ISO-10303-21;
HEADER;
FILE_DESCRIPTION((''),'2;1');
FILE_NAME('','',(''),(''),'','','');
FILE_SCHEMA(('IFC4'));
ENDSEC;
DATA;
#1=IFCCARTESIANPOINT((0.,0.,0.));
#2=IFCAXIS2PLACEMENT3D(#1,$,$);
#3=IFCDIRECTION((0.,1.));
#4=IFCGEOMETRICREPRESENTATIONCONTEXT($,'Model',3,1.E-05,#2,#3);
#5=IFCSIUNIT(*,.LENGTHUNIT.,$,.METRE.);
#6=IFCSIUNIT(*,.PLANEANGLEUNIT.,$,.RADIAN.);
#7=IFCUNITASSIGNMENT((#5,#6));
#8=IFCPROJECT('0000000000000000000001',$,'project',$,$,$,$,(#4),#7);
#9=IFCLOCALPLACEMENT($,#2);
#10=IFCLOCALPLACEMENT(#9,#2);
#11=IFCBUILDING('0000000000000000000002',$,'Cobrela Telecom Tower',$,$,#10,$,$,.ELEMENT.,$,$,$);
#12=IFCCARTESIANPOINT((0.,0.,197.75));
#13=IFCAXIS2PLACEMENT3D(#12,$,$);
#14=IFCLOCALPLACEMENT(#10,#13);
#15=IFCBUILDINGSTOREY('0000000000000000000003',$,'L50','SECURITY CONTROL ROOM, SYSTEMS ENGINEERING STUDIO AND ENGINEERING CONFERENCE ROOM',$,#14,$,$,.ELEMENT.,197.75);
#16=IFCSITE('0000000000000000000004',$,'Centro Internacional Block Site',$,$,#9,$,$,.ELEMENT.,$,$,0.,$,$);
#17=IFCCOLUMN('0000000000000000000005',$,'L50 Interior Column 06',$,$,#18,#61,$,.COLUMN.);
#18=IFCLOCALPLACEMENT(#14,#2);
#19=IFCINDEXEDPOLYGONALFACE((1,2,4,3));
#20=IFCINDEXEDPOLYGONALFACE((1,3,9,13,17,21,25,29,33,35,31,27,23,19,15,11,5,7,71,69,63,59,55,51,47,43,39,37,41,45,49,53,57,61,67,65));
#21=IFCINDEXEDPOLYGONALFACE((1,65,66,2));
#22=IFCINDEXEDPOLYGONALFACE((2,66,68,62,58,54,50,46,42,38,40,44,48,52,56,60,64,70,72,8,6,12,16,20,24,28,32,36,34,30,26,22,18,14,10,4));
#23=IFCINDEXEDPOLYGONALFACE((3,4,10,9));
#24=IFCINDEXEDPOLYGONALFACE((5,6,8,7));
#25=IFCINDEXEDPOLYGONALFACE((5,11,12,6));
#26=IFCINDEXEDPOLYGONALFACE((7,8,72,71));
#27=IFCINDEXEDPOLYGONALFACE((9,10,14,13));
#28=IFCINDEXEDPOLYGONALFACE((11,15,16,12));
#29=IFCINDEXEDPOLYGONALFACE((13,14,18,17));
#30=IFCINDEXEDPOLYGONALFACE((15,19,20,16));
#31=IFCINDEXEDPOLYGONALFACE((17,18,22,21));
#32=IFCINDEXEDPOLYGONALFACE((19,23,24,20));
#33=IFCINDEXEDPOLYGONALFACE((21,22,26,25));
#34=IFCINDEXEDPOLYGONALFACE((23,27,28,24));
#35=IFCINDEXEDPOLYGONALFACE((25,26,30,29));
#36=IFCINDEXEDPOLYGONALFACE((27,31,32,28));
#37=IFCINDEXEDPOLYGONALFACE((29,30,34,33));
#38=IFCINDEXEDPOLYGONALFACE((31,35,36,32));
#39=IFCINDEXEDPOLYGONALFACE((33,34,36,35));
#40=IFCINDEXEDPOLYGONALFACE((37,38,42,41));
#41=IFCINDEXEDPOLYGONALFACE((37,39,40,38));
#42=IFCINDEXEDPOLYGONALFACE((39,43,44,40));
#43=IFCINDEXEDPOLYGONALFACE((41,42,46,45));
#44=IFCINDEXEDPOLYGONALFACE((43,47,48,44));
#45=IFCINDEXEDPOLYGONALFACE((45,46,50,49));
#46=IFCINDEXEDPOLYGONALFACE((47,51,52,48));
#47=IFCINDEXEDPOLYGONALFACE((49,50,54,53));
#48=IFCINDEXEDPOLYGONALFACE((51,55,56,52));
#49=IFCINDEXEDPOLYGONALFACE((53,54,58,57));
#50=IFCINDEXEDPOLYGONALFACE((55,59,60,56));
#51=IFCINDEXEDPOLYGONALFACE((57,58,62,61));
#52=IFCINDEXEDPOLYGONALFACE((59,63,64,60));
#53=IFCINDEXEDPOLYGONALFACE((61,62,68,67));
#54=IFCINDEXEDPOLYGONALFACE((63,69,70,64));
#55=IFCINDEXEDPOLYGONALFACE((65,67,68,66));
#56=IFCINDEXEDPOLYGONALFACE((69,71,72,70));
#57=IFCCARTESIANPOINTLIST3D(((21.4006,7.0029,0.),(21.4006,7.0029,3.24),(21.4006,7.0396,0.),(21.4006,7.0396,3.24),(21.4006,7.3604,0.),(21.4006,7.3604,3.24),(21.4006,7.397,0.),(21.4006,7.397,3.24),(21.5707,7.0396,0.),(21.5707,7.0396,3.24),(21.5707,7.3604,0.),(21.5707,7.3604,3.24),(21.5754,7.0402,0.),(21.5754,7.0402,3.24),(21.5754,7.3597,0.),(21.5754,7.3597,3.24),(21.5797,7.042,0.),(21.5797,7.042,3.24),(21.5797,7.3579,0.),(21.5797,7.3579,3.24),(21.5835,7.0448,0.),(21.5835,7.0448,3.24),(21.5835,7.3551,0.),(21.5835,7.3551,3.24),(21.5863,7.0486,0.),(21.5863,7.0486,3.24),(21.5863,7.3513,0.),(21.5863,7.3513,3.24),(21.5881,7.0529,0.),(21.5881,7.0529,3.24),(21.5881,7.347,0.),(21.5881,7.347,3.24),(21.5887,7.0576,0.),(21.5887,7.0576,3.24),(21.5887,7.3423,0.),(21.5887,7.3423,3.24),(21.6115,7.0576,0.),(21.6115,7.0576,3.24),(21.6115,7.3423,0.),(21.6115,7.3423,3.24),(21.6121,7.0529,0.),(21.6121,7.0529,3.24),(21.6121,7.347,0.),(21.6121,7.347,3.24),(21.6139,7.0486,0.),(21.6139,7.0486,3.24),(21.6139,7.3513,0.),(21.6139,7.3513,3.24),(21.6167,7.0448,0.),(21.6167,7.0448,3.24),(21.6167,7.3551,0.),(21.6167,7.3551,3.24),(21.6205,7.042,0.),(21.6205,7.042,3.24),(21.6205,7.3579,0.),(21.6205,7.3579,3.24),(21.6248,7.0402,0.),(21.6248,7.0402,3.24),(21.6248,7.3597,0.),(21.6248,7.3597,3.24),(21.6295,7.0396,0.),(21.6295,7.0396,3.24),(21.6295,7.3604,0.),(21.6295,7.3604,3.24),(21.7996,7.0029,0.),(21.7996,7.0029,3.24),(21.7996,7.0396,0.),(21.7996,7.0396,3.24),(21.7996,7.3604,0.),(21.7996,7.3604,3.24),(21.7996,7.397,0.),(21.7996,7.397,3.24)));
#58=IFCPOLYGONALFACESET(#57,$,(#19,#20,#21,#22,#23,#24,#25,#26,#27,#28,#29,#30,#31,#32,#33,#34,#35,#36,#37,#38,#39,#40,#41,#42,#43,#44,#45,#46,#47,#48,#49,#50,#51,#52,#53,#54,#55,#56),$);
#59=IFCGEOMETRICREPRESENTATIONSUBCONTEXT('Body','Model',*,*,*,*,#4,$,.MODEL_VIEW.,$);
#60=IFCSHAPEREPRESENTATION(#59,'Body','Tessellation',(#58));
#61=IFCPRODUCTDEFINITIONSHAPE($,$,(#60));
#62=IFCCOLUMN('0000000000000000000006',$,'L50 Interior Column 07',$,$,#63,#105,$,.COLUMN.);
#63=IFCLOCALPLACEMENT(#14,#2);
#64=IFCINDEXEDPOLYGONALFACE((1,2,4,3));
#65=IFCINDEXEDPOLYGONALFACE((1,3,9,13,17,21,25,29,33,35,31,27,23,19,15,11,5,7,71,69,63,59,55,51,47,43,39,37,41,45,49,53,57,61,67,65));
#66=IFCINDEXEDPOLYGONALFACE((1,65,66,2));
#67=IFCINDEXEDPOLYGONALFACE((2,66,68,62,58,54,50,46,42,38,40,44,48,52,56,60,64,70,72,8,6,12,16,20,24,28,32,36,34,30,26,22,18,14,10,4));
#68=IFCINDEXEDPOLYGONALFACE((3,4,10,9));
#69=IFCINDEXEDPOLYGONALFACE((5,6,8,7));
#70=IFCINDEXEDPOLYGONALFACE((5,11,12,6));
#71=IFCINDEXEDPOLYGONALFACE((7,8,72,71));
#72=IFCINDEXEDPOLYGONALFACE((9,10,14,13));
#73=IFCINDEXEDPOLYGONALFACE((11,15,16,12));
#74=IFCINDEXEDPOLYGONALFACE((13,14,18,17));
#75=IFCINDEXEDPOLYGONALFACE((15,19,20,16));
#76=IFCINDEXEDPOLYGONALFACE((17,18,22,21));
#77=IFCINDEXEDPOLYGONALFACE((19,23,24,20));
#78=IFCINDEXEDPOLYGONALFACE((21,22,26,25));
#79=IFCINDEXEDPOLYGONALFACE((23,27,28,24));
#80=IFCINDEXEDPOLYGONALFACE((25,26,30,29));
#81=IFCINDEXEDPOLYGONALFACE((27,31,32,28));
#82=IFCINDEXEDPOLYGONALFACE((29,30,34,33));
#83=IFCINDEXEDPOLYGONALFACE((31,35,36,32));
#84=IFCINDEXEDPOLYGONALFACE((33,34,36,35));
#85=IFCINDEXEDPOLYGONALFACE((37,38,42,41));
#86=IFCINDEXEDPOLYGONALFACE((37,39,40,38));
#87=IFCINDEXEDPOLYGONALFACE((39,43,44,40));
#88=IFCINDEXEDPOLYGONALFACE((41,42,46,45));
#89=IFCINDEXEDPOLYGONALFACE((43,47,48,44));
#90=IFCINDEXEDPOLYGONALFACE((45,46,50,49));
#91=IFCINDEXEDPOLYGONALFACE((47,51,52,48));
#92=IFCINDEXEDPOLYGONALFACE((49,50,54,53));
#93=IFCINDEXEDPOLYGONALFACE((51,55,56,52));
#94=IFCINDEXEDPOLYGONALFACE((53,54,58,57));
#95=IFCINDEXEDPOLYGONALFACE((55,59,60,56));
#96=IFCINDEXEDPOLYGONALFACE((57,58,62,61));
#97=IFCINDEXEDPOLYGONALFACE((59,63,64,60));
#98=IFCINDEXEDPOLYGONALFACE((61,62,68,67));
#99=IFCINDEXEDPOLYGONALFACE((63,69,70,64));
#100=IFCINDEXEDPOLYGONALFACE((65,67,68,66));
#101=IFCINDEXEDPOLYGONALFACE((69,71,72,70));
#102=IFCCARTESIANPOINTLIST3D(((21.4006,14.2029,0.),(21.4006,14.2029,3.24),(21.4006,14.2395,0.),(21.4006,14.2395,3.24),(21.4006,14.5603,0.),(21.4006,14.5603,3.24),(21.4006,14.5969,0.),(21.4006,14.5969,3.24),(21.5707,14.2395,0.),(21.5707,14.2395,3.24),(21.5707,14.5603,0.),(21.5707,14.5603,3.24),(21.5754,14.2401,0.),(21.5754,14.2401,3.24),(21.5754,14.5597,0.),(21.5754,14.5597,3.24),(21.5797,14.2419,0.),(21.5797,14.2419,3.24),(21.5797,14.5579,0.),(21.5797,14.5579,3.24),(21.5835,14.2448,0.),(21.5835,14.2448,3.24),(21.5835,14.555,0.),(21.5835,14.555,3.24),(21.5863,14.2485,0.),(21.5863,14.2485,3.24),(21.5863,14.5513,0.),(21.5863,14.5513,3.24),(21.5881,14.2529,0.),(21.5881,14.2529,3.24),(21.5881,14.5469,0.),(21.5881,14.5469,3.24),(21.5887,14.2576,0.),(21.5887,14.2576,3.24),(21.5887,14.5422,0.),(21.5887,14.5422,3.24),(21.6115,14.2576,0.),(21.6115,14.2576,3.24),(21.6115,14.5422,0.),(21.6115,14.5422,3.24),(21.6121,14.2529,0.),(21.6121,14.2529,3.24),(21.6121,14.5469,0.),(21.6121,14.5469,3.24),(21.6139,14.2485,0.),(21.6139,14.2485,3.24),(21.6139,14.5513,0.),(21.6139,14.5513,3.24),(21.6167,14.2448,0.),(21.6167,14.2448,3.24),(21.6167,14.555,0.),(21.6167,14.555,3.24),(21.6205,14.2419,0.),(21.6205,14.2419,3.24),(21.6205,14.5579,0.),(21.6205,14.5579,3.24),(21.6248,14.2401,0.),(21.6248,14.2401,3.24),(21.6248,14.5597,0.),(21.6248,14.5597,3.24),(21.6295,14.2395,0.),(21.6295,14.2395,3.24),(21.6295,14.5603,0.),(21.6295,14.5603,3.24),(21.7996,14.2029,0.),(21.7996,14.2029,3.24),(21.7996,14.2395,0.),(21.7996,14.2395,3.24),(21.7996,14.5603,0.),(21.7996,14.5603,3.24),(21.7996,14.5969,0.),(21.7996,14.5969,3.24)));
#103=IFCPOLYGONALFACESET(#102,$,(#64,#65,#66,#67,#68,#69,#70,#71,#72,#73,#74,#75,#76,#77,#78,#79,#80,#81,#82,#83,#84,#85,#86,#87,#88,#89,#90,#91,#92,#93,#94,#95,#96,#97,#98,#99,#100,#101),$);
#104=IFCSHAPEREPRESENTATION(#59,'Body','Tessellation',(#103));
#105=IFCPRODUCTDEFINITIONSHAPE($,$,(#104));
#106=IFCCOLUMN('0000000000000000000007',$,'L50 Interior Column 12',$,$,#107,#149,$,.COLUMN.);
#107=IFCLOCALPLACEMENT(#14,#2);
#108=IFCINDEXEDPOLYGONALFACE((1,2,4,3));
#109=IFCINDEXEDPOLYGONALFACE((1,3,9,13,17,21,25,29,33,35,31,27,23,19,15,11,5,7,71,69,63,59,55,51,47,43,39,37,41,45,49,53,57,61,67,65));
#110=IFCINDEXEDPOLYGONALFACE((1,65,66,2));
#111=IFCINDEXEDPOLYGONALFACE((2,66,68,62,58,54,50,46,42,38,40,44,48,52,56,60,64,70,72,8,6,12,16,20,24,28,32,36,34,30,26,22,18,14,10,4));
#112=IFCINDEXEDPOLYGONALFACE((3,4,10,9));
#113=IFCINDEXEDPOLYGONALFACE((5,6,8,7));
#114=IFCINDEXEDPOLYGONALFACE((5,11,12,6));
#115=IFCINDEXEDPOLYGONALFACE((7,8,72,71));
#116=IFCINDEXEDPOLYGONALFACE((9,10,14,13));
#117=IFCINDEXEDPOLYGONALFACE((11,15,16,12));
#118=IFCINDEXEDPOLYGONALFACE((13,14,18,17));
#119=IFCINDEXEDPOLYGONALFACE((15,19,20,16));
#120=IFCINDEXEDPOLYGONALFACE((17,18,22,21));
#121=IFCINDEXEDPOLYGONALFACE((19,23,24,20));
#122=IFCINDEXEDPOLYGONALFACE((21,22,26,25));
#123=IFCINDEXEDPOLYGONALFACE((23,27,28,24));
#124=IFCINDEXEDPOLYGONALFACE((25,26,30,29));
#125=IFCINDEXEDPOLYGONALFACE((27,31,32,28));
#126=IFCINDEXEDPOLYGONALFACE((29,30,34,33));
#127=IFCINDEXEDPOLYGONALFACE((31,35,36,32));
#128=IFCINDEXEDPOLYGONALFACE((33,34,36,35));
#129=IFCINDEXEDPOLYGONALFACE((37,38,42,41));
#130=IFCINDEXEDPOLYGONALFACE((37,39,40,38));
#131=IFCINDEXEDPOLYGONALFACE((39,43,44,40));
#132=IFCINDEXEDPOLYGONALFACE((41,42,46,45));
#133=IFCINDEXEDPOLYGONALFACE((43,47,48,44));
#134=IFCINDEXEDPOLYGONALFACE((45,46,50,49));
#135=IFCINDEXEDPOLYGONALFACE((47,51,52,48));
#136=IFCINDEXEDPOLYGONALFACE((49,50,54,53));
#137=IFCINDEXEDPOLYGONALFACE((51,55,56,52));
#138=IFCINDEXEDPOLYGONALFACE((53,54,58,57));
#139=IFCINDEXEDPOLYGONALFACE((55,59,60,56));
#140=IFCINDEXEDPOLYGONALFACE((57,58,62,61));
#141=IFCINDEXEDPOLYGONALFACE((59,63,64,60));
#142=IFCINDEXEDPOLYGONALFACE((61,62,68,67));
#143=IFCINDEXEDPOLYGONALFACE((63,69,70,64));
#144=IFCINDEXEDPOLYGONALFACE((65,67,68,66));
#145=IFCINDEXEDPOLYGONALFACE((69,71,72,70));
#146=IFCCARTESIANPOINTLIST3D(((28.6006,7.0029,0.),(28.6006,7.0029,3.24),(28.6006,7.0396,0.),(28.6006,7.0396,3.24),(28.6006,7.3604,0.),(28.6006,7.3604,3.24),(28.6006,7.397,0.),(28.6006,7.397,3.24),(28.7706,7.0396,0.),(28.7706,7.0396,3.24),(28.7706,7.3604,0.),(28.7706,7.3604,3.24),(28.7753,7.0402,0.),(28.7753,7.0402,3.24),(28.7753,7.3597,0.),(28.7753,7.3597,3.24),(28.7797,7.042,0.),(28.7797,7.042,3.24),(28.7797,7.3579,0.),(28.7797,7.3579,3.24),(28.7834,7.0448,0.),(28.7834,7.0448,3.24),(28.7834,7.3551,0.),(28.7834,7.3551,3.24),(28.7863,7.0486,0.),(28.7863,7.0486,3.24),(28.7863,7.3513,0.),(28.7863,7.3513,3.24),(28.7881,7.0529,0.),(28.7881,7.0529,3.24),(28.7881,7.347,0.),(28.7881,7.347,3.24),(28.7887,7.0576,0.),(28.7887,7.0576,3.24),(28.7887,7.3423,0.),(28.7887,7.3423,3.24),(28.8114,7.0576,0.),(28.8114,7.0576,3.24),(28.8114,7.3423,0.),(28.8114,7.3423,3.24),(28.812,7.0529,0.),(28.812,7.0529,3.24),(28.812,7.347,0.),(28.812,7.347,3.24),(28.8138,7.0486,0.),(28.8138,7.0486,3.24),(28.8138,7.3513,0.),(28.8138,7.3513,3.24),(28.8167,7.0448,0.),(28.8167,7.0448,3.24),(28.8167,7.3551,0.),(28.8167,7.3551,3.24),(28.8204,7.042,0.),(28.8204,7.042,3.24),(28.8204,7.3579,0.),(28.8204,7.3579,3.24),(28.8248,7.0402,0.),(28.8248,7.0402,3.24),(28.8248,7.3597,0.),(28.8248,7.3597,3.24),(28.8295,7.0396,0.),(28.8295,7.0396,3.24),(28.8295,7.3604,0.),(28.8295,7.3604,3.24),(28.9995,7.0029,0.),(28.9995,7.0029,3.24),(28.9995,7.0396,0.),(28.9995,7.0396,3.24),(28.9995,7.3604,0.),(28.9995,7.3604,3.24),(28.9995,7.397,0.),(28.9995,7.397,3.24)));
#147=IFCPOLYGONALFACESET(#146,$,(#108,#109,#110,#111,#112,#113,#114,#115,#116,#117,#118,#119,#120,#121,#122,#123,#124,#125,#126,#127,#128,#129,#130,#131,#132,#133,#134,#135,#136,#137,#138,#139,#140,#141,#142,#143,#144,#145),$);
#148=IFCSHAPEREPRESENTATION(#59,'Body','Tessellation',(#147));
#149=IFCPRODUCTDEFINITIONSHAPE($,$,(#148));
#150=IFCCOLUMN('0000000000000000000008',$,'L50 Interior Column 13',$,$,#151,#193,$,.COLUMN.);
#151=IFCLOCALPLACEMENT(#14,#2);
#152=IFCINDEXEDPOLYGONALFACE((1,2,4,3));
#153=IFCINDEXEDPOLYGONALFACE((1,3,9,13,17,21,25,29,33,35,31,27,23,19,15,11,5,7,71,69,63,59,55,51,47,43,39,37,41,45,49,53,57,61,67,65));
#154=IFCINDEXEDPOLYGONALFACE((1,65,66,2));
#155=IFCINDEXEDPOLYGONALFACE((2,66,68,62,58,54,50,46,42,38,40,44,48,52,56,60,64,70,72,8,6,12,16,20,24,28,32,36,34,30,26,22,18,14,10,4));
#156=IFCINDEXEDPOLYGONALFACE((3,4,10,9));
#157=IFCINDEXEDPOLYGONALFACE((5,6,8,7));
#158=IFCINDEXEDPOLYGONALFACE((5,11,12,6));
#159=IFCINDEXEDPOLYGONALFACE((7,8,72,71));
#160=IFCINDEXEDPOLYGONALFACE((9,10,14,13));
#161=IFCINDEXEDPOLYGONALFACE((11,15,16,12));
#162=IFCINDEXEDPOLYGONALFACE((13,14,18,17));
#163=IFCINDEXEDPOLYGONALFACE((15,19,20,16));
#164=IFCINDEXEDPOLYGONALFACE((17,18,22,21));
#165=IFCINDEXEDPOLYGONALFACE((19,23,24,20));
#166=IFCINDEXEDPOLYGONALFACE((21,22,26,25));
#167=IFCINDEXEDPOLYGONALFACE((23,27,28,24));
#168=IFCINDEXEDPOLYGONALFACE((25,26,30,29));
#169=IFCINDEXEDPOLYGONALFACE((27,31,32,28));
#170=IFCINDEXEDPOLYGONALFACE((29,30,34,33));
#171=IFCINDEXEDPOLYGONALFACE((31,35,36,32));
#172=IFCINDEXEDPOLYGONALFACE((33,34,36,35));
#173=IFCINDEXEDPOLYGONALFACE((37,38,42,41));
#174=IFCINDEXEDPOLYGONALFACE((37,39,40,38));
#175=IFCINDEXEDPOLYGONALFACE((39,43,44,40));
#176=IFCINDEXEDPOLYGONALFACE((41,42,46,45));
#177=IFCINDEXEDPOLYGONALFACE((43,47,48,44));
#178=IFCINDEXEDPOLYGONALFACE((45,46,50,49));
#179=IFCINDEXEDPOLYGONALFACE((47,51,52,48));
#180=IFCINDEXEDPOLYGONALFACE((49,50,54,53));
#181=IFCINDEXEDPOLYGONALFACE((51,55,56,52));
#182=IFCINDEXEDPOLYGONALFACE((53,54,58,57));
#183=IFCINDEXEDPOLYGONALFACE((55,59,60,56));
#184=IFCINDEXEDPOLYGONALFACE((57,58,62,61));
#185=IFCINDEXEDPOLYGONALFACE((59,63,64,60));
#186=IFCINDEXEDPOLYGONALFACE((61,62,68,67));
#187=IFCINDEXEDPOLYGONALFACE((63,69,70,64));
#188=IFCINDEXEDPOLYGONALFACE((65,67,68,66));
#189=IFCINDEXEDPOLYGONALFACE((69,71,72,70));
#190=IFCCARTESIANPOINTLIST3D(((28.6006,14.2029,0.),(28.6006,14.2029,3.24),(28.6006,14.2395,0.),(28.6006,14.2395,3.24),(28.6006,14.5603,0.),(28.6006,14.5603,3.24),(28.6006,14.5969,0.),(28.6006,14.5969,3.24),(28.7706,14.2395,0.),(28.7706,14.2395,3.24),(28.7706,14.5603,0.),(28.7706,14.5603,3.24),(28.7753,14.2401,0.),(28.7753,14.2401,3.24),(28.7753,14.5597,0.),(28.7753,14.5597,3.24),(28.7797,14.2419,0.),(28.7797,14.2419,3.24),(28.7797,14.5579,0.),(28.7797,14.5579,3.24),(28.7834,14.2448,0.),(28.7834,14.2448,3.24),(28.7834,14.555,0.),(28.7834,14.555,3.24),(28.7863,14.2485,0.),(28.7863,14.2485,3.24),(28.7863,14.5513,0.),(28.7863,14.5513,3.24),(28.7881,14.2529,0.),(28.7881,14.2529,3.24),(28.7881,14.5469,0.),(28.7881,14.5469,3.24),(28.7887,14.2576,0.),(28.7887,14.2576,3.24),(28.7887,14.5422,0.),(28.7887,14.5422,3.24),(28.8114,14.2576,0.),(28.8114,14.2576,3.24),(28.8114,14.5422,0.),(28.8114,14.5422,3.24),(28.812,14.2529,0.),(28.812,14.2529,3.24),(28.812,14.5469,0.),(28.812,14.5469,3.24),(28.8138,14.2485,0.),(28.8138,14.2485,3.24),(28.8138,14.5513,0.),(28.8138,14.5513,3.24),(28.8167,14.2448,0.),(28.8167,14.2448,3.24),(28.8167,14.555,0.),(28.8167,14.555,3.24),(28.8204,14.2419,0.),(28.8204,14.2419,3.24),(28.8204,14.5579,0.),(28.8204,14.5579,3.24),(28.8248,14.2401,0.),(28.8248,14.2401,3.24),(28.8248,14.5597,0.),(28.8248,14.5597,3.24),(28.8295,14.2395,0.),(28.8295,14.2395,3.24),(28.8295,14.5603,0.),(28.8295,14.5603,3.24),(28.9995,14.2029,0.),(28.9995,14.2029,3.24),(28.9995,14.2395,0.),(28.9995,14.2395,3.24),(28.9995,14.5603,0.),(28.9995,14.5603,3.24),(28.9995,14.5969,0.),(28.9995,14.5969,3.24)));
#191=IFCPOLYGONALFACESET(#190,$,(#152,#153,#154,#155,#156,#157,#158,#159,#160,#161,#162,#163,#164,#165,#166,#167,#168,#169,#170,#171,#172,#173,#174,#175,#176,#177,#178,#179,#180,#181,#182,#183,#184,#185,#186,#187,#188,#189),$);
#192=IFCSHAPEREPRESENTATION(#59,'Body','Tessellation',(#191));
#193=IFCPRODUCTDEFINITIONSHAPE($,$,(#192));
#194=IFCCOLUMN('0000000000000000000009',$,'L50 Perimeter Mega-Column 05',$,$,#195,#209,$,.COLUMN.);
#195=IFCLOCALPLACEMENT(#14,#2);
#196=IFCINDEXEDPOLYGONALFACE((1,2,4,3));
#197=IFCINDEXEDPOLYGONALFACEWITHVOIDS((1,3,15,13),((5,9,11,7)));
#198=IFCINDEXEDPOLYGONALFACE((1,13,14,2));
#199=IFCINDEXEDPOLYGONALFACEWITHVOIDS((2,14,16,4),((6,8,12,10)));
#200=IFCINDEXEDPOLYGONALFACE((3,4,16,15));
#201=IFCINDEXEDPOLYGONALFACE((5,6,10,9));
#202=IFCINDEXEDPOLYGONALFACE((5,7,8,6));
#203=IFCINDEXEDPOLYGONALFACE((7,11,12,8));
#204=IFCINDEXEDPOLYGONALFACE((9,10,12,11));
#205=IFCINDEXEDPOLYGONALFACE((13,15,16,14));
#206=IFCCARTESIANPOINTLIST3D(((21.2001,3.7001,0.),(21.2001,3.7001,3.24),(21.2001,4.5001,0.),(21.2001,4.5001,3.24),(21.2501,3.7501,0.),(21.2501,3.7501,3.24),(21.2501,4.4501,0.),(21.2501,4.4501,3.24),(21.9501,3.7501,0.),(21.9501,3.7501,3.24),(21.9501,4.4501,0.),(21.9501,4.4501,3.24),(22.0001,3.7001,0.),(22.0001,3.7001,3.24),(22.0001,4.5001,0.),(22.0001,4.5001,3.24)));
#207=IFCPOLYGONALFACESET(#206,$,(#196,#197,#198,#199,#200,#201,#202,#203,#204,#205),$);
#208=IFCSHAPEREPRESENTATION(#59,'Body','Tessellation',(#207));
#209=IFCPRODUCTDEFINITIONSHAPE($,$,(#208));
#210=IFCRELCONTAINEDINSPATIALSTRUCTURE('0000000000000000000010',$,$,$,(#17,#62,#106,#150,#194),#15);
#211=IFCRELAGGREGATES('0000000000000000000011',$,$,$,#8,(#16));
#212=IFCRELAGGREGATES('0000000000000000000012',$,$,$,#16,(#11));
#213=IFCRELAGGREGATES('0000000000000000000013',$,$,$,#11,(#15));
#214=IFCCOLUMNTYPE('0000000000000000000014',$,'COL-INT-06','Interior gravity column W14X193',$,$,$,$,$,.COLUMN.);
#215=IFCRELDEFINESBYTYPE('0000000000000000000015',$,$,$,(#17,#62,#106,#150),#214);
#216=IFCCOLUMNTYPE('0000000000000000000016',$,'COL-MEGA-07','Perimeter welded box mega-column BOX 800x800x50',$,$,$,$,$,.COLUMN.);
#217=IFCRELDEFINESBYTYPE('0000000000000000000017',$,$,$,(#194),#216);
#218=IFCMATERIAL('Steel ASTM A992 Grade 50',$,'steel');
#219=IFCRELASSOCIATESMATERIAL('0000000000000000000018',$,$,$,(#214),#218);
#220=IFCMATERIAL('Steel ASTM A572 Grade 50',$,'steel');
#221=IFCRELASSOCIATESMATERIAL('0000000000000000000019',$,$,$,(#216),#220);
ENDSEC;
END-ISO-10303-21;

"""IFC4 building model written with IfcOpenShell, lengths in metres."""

from ifc_helpers import new_model, si_unit, direction, frame, origin, origin_2d, place, context, subcontext, project, spatial, hollow_rectangle, i_section, extrude, material, material_profile, profile_set, type_object, element, save


model = new_model("IFC4")

# Units and contexts
model_context = context("Model", 3, precision=1e-05, world=origin(), true_north=direction((0.0, 1.0)))
body_context = subcontext(model_context, "Body", "Model", "MODEL_VIEW")
ifc_project = project(units=[si_unit("LENGTHUNIT", "METRE"), si_unit("PLANEANGLEUNIT", "RADIAN")], contexts=[model_context])

# Site, building, storey
site_placement = place(None, origin())
site = spatial("IfcSite", under=ifc_project, at=site_placement, Name="Centro Internacional Block Site", CompositionType="ELEMENT", RefElevation=0.0)
building_placement = place(site_placement, origin())
building = spatial("IfcBuilding", under=site, at=building_placement, Name="Cobrela Telecom Tower", CompositionType="ELEMENT")
storey_placement = place(building_placement, frame((0.0, 0.0, 197.75)))
storey = spatial("IfcBuildingStorey", under=building, at=storey_placement, Name="L50", Description="SECURITY CONTROL ROOM, SYSTEMS ENGINEERING STUDIO AND ENGINEERING CONFERENCE ROOM", CompositionType="ELEMENT", Elevation=197.75)

# Columns
ifc_material_1 = material(Name="Steel ASTM A992 Grade 50", Category="steel")
ifc_material_profile_1 = material_profile(ifc_material_1, i_section(OverallWidth=0.3989, OverallDepth=0.394, WebThickness=0.0227, FlangeThickness=0.0366, FilletRadius=0.0181, at=origin_2d()), Name="W14X193")
ifc_profile_set_1 = profile_set([ifc_material_profile_1], Name="Steel ASTM A992 Grade 50")
column_type_1 = type_object("IfcColumnType", Name="COL-INT-06", Description="Interior gravity column W14X193", PredefinedType="COLUMN", material=ifc_profile_set_1)
for number, where, z_axis, x_axis, name in (
    (1, (21.6001, 7.2, 0.0), (0.0, 0.0, 1.0), (1.0, 0.0, 0.0), "L50 Interior Column 06"),
    (2, (21.6001, 14.3999, 0.0), (0.0, 0.0, 1.0), (1.0, 0.0, 0.0), "L50 Interior Column 07"),
    (3, (28.8, 7.2, 0.0), (0.0, 0.0, 1.0), (1.0, 0.0, 0.0), "L50 Interior Column 12"),
    (4, (28.8, 14.3999, 0.0), (0.0, 0.0, 1.0), (1.0, 0.0, 0.0), "L50 Interior Column 13"),
):
    element("IfcColumn", number, at=place(storey_placement, frame(where, z_axis=z_axis, x_axis=x_axis)), inside=storey, type_object=column_type_1, Name=name, PredefinedType="COLUMN", context=body_context, shape_type="SweptSolid", body=[
        extrude(i_section(OverallWidth=0.3989, OverallDepth=0.394, WebThickness=0.0227, FlangeThickness=0.0366, FilletRadius=0.0181, at=origin_2d()), origin(), (0.0, 0.0, 1.0), 3.24),
    ])
ifc_material_2 = material(Name="Steel ASTM A572 Grade 50", Category="steel")
ifc_material_profile_2 = material_profile(ifc_material_2, hollow_rectangle(XDim=0.8, YDim=0.8, WallThickness=0.05, at=origin_2d()), Name="BOX 800x800x50")
ifc_profile_set_2 = profile_set([ifc_material_profile_2], Name="Steel ASTM A572 Grade 50")
column_type_2 = type_object("IfcColumnType", Name="COL-MEGA-07", Description="Perimeter welded box mega-column BOX 800x800x50", PredefinedType="COLUMN", material=ifc_profile_set_2)
for number, where, z_axis, x_axis, name in (
    (5, (21.6001, 4.1001, 0.0), (0.0, 0.0, 1.0), (1.0, 0.0, 0.0), "L50 Perimeter Mega-Column 05"),
):
    element("IfcColumn", number, at=place(storey_placement, frame(where, z_axis=z_axis, x_axis=x_axis)), inside=storey, type_object=column_type_2, Name=name, PredefinedType="COLUMN", context=body_context, shape_type="SweptSolid", body=[
        extrude(hollow_rectangle(XDim=0.8, YDim=0.8, WallThickness=0.05, at=origin_2d()), origin(), (0.0, 0.0, 1.0), 3.24),
    ])

save(model, "model.ifc")
